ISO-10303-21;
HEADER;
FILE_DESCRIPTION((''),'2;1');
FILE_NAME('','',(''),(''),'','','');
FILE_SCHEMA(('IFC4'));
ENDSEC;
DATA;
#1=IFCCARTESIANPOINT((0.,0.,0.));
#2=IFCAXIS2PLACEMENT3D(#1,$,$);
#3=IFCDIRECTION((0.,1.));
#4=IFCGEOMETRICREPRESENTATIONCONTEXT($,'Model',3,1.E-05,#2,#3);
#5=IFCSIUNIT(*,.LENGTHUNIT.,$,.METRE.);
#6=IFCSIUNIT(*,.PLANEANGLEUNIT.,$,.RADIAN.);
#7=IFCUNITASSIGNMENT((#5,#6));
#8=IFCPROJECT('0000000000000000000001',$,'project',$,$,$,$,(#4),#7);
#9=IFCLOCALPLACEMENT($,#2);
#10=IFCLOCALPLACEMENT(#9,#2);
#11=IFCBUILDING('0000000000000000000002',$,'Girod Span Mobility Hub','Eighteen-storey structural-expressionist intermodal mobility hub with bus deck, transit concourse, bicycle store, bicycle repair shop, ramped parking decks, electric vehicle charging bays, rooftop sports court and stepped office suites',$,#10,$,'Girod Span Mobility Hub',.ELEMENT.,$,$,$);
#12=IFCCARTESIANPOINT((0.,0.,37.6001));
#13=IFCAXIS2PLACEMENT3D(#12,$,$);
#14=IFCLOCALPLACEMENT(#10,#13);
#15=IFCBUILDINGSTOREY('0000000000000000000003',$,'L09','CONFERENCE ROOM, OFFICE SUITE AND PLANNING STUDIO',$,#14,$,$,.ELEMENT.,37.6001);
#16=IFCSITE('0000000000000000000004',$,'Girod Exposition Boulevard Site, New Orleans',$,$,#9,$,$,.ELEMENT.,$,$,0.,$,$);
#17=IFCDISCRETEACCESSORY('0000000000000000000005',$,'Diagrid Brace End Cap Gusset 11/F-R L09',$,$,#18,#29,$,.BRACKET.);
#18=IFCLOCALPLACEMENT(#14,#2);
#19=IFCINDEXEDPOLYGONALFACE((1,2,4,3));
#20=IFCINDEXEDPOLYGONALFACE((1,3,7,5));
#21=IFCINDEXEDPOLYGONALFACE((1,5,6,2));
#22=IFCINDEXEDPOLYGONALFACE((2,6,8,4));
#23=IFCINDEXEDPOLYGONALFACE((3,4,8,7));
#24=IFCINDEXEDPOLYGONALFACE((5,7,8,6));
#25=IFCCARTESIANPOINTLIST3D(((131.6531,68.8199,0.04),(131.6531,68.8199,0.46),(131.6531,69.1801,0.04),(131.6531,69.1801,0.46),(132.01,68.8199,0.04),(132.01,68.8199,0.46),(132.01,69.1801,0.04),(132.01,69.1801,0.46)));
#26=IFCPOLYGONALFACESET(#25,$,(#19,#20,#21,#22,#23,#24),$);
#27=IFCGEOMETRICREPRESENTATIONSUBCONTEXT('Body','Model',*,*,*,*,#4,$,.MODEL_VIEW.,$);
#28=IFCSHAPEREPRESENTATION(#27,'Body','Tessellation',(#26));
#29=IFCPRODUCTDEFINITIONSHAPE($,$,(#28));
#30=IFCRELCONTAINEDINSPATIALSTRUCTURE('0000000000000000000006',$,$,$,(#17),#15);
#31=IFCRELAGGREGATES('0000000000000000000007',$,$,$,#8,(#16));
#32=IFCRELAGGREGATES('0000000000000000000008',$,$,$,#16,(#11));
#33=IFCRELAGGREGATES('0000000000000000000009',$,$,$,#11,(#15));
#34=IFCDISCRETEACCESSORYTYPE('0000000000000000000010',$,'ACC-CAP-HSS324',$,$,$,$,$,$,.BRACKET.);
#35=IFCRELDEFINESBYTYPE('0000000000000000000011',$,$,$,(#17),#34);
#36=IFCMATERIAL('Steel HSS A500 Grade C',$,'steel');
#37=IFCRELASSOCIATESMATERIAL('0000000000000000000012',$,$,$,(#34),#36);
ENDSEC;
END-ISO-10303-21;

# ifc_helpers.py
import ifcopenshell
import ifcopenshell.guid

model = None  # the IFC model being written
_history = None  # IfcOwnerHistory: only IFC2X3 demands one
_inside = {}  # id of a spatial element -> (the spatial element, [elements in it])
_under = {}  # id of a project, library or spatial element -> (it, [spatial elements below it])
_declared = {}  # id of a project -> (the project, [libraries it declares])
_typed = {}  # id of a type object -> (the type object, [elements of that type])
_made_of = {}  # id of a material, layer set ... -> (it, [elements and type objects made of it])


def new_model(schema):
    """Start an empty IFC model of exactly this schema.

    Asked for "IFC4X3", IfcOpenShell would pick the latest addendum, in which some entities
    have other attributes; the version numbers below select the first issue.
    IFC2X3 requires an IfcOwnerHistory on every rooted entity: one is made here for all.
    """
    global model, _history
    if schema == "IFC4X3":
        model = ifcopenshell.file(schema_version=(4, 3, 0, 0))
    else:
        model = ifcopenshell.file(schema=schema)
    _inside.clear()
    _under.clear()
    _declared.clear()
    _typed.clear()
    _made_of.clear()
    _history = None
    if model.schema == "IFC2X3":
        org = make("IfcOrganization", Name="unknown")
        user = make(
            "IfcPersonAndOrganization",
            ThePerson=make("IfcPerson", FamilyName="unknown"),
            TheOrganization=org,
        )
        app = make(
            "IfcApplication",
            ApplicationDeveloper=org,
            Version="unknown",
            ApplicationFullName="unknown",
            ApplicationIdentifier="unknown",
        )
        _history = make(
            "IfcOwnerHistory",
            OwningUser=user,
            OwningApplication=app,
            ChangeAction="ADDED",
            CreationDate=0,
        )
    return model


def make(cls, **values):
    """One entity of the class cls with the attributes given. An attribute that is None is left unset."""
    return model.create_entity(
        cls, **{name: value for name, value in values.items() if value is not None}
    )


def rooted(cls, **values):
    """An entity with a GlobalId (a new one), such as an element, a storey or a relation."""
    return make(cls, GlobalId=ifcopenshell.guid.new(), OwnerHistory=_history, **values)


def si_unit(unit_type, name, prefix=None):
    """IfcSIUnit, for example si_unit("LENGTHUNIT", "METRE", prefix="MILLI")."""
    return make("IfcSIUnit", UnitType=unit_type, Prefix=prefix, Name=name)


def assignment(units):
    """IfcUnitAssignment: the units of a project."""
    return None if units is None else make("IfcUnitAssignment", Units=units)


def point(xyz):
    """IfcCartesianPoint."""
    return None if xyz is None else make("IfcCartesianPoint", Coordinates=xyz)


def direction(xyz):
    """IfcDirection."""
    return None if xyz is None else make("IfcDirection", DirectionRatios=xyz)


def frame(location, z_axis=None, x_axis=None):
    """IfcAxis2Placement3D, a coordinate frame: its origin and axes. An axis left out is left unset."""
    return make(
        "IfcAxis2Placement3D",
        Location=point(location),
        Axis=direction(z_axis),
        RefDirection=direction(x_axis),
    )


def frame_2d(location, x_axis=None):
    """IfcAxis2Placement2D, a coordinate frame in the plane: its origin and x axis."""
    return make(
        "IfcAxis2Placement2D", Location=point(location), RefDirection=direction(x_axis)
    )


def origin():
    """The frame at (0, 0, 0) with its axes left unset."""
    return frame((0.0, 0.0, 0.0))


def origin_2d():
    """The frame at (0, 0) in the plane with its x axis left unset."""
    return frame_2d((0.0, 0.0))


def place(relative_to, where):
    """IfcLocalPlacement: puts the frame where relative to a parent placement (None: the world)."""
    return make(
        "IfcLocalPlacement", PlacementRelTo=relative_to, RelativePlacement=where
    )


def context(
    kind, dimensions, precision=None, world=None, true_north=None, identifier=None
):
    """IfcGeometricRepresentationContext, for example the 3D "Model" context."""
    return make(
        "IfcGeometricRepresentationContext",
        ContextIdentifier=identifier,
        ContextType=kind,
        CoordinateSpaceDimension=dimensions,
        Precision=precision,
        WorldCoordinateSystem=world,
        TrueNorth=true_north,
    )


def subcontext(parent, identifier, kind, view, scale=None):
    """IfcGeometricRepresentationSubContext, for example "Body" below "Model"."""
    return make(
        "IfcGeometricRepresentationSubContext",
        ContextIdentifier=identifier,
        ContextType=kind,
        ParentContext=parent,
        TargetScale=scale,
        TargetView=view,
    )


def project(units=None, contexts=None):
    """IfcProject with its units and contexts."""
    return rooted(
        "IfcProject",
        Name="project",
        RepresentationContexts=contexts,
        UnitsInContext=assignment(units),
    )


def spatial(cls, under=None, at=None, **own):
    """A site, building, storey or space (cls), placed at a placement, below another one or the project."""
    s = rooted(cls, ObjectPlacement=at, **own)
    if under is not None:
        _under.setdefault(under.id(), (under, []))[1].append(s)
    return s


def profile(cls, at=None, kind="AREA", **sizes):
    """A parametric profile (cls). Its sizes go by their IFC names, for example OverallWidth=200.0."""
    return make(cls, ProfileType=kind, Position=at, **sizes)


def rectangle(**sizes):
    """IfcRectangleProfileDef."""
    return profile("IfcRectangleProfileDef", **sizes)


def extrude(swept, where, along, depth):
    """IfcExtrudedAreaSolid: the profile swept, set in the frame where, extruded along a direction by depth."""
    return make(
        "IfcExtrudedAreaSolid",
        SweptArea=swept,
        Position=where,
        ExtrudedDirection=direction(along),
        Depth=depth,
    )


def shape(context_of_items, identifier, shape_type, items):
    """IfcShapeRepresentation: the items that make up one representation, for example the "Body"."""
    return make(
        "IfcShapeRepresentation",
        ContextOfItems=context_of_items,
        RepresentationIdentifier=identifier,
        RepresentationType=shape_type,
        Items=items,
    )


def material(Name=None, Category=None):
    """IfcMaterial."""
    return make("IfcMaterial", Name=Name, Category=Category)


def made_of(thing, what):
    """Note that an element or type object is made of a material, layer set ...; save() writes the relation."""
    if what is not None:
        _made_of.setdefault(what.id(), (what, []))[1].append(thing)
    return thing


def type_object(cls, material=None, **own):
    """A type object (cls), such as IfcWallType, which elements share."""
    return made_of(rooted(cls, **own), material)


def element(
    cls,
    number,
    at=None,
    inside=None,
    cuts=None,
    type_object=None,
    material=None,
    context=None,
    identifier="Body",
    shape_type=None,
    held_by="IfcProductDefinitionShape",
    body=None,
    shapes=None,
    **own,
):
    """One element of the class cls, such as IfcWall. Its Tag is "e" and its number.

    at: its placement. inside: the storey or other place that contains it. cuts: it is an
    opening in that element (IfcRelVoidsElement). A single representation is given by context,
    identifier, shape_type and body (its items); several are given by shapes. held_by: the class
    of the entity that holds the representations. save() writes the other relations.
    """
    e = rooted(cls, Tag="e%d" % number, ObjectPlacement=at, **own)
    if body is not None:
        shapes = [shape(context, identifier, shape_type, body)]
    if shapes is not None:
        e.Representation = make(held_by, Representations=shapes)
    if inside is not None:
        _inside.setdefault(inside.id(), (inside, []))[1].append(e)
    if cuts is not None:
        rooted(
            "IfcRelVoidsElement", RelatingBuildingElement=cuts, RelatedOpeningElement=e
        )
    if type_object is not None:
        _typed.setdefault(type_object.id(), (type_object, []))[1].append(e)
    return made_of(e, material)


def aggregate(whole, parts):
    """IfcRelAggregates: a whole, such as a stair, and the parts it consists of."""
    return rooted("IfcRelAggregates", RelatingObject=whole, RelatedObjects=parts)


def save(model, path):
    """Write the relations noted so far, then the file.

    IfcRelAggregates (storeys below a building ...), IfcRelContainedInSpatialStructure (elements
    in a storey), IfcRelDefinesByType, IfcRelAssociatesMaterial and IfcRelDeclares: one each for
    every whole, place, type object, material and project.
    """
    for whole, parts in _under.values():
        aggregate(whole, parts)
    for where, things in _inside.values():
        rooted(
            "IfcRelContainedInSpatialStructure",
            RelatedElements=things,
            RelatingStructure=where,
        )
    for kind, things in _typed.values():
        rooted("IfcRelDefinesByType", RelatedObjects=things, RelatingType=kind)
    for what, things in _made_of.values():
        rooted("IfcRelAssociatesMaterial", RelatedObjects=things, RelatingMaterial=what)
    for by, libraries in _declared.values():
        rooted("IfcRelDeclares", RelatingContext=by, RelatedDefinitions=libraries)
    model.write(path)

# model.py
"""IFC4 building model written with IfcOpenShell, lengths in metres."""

from ifc_helpers import new_model, si_unit, direction, frame, origin, origin_2d, place, context, subcontext, project, spatial, rectangle, extrude, material, type_object, element, save


model = new_model("IFC4")

# Units and contexts
model_context = context("Model", 3, precision=1e-05, world=origin(), true_north=direction((0.0, 1.0)))
body_context = subcontext(model_context, "Body", "Model", "MODEL_VIEW")
ifc_project = project(units=[si_unit("LENGTHUNIT", "METRE"), si_unit("PLANEANGLEUNIT", "RADIAN")], contexts=[model_context])

# Site, building, storey
site_placement = place(None, origin())
site = spatial("IfcSite", under=ifc_project, at=site_placement, Name="Girod Exposition Boulevard Site, New Orleans", CompositionType="ELEMENT", RefElevation=0.0)
building_placement = place(site_placement, origin())
building = spatial("IfcBuilding", under=site, at=building_placement, Name="Girod Span Mobility Hub", Description="Eighteen-storey structural-expressionist intermodal mobility hub with bus deck, transit concourse, bicycle store, bicycle repair shop, ramped parking decks, electric vehicle charging bays, rooftop sports court and stepped office suites", LongName="Girod Span Mobility Hub", CompositionType="ELEMENT")
storey_placement = place(building_placement, frame((0.0, 0.0, 37.6001)))
storey = spatial("IfcBuildingStorey", under=building, at=storey_placement, Name="L09", Description="CONFERENCE ROOM, OFFICE SUITE AND PLANNING STUDIO", CompositionType="ELEMENT", Elevation=37.6001)

# Discrete accessory
ifc_material_1 = material(Name="Steel HSS A500 Grade C", Category="steel")
discrete_accessory_type = type_object("IfcDiscreteAccessoryType", Name="ACC-CAP-HSS324", PredefinedType="BRACKET", material=ifc_material_1)
discrete_accessory_placement = place(storey_placement, frame((131.8315, 69.0, 0.04), z_axis=(0.0, 0.0, 1.0), x_axis=(1.0, 0.0, 0.0)))
element("IfcDiscreteAccessory", 1, at=discrete_accessory_placement, inside=storey, type_object=discrete_accessory_type, Name="Diagrid Brace End Cap Gusset 11/F-R L09", PredefinedType="BRACKET", context=body_context, shape_type="SweptSolid", body=[
    extrude(rectangle(XDim=0.3569, YDim=0.3601, at=origin_2d()), origin(), (0.0, 0.0, 1.0), 0.4199),
])

save(model, "model.ifc")
